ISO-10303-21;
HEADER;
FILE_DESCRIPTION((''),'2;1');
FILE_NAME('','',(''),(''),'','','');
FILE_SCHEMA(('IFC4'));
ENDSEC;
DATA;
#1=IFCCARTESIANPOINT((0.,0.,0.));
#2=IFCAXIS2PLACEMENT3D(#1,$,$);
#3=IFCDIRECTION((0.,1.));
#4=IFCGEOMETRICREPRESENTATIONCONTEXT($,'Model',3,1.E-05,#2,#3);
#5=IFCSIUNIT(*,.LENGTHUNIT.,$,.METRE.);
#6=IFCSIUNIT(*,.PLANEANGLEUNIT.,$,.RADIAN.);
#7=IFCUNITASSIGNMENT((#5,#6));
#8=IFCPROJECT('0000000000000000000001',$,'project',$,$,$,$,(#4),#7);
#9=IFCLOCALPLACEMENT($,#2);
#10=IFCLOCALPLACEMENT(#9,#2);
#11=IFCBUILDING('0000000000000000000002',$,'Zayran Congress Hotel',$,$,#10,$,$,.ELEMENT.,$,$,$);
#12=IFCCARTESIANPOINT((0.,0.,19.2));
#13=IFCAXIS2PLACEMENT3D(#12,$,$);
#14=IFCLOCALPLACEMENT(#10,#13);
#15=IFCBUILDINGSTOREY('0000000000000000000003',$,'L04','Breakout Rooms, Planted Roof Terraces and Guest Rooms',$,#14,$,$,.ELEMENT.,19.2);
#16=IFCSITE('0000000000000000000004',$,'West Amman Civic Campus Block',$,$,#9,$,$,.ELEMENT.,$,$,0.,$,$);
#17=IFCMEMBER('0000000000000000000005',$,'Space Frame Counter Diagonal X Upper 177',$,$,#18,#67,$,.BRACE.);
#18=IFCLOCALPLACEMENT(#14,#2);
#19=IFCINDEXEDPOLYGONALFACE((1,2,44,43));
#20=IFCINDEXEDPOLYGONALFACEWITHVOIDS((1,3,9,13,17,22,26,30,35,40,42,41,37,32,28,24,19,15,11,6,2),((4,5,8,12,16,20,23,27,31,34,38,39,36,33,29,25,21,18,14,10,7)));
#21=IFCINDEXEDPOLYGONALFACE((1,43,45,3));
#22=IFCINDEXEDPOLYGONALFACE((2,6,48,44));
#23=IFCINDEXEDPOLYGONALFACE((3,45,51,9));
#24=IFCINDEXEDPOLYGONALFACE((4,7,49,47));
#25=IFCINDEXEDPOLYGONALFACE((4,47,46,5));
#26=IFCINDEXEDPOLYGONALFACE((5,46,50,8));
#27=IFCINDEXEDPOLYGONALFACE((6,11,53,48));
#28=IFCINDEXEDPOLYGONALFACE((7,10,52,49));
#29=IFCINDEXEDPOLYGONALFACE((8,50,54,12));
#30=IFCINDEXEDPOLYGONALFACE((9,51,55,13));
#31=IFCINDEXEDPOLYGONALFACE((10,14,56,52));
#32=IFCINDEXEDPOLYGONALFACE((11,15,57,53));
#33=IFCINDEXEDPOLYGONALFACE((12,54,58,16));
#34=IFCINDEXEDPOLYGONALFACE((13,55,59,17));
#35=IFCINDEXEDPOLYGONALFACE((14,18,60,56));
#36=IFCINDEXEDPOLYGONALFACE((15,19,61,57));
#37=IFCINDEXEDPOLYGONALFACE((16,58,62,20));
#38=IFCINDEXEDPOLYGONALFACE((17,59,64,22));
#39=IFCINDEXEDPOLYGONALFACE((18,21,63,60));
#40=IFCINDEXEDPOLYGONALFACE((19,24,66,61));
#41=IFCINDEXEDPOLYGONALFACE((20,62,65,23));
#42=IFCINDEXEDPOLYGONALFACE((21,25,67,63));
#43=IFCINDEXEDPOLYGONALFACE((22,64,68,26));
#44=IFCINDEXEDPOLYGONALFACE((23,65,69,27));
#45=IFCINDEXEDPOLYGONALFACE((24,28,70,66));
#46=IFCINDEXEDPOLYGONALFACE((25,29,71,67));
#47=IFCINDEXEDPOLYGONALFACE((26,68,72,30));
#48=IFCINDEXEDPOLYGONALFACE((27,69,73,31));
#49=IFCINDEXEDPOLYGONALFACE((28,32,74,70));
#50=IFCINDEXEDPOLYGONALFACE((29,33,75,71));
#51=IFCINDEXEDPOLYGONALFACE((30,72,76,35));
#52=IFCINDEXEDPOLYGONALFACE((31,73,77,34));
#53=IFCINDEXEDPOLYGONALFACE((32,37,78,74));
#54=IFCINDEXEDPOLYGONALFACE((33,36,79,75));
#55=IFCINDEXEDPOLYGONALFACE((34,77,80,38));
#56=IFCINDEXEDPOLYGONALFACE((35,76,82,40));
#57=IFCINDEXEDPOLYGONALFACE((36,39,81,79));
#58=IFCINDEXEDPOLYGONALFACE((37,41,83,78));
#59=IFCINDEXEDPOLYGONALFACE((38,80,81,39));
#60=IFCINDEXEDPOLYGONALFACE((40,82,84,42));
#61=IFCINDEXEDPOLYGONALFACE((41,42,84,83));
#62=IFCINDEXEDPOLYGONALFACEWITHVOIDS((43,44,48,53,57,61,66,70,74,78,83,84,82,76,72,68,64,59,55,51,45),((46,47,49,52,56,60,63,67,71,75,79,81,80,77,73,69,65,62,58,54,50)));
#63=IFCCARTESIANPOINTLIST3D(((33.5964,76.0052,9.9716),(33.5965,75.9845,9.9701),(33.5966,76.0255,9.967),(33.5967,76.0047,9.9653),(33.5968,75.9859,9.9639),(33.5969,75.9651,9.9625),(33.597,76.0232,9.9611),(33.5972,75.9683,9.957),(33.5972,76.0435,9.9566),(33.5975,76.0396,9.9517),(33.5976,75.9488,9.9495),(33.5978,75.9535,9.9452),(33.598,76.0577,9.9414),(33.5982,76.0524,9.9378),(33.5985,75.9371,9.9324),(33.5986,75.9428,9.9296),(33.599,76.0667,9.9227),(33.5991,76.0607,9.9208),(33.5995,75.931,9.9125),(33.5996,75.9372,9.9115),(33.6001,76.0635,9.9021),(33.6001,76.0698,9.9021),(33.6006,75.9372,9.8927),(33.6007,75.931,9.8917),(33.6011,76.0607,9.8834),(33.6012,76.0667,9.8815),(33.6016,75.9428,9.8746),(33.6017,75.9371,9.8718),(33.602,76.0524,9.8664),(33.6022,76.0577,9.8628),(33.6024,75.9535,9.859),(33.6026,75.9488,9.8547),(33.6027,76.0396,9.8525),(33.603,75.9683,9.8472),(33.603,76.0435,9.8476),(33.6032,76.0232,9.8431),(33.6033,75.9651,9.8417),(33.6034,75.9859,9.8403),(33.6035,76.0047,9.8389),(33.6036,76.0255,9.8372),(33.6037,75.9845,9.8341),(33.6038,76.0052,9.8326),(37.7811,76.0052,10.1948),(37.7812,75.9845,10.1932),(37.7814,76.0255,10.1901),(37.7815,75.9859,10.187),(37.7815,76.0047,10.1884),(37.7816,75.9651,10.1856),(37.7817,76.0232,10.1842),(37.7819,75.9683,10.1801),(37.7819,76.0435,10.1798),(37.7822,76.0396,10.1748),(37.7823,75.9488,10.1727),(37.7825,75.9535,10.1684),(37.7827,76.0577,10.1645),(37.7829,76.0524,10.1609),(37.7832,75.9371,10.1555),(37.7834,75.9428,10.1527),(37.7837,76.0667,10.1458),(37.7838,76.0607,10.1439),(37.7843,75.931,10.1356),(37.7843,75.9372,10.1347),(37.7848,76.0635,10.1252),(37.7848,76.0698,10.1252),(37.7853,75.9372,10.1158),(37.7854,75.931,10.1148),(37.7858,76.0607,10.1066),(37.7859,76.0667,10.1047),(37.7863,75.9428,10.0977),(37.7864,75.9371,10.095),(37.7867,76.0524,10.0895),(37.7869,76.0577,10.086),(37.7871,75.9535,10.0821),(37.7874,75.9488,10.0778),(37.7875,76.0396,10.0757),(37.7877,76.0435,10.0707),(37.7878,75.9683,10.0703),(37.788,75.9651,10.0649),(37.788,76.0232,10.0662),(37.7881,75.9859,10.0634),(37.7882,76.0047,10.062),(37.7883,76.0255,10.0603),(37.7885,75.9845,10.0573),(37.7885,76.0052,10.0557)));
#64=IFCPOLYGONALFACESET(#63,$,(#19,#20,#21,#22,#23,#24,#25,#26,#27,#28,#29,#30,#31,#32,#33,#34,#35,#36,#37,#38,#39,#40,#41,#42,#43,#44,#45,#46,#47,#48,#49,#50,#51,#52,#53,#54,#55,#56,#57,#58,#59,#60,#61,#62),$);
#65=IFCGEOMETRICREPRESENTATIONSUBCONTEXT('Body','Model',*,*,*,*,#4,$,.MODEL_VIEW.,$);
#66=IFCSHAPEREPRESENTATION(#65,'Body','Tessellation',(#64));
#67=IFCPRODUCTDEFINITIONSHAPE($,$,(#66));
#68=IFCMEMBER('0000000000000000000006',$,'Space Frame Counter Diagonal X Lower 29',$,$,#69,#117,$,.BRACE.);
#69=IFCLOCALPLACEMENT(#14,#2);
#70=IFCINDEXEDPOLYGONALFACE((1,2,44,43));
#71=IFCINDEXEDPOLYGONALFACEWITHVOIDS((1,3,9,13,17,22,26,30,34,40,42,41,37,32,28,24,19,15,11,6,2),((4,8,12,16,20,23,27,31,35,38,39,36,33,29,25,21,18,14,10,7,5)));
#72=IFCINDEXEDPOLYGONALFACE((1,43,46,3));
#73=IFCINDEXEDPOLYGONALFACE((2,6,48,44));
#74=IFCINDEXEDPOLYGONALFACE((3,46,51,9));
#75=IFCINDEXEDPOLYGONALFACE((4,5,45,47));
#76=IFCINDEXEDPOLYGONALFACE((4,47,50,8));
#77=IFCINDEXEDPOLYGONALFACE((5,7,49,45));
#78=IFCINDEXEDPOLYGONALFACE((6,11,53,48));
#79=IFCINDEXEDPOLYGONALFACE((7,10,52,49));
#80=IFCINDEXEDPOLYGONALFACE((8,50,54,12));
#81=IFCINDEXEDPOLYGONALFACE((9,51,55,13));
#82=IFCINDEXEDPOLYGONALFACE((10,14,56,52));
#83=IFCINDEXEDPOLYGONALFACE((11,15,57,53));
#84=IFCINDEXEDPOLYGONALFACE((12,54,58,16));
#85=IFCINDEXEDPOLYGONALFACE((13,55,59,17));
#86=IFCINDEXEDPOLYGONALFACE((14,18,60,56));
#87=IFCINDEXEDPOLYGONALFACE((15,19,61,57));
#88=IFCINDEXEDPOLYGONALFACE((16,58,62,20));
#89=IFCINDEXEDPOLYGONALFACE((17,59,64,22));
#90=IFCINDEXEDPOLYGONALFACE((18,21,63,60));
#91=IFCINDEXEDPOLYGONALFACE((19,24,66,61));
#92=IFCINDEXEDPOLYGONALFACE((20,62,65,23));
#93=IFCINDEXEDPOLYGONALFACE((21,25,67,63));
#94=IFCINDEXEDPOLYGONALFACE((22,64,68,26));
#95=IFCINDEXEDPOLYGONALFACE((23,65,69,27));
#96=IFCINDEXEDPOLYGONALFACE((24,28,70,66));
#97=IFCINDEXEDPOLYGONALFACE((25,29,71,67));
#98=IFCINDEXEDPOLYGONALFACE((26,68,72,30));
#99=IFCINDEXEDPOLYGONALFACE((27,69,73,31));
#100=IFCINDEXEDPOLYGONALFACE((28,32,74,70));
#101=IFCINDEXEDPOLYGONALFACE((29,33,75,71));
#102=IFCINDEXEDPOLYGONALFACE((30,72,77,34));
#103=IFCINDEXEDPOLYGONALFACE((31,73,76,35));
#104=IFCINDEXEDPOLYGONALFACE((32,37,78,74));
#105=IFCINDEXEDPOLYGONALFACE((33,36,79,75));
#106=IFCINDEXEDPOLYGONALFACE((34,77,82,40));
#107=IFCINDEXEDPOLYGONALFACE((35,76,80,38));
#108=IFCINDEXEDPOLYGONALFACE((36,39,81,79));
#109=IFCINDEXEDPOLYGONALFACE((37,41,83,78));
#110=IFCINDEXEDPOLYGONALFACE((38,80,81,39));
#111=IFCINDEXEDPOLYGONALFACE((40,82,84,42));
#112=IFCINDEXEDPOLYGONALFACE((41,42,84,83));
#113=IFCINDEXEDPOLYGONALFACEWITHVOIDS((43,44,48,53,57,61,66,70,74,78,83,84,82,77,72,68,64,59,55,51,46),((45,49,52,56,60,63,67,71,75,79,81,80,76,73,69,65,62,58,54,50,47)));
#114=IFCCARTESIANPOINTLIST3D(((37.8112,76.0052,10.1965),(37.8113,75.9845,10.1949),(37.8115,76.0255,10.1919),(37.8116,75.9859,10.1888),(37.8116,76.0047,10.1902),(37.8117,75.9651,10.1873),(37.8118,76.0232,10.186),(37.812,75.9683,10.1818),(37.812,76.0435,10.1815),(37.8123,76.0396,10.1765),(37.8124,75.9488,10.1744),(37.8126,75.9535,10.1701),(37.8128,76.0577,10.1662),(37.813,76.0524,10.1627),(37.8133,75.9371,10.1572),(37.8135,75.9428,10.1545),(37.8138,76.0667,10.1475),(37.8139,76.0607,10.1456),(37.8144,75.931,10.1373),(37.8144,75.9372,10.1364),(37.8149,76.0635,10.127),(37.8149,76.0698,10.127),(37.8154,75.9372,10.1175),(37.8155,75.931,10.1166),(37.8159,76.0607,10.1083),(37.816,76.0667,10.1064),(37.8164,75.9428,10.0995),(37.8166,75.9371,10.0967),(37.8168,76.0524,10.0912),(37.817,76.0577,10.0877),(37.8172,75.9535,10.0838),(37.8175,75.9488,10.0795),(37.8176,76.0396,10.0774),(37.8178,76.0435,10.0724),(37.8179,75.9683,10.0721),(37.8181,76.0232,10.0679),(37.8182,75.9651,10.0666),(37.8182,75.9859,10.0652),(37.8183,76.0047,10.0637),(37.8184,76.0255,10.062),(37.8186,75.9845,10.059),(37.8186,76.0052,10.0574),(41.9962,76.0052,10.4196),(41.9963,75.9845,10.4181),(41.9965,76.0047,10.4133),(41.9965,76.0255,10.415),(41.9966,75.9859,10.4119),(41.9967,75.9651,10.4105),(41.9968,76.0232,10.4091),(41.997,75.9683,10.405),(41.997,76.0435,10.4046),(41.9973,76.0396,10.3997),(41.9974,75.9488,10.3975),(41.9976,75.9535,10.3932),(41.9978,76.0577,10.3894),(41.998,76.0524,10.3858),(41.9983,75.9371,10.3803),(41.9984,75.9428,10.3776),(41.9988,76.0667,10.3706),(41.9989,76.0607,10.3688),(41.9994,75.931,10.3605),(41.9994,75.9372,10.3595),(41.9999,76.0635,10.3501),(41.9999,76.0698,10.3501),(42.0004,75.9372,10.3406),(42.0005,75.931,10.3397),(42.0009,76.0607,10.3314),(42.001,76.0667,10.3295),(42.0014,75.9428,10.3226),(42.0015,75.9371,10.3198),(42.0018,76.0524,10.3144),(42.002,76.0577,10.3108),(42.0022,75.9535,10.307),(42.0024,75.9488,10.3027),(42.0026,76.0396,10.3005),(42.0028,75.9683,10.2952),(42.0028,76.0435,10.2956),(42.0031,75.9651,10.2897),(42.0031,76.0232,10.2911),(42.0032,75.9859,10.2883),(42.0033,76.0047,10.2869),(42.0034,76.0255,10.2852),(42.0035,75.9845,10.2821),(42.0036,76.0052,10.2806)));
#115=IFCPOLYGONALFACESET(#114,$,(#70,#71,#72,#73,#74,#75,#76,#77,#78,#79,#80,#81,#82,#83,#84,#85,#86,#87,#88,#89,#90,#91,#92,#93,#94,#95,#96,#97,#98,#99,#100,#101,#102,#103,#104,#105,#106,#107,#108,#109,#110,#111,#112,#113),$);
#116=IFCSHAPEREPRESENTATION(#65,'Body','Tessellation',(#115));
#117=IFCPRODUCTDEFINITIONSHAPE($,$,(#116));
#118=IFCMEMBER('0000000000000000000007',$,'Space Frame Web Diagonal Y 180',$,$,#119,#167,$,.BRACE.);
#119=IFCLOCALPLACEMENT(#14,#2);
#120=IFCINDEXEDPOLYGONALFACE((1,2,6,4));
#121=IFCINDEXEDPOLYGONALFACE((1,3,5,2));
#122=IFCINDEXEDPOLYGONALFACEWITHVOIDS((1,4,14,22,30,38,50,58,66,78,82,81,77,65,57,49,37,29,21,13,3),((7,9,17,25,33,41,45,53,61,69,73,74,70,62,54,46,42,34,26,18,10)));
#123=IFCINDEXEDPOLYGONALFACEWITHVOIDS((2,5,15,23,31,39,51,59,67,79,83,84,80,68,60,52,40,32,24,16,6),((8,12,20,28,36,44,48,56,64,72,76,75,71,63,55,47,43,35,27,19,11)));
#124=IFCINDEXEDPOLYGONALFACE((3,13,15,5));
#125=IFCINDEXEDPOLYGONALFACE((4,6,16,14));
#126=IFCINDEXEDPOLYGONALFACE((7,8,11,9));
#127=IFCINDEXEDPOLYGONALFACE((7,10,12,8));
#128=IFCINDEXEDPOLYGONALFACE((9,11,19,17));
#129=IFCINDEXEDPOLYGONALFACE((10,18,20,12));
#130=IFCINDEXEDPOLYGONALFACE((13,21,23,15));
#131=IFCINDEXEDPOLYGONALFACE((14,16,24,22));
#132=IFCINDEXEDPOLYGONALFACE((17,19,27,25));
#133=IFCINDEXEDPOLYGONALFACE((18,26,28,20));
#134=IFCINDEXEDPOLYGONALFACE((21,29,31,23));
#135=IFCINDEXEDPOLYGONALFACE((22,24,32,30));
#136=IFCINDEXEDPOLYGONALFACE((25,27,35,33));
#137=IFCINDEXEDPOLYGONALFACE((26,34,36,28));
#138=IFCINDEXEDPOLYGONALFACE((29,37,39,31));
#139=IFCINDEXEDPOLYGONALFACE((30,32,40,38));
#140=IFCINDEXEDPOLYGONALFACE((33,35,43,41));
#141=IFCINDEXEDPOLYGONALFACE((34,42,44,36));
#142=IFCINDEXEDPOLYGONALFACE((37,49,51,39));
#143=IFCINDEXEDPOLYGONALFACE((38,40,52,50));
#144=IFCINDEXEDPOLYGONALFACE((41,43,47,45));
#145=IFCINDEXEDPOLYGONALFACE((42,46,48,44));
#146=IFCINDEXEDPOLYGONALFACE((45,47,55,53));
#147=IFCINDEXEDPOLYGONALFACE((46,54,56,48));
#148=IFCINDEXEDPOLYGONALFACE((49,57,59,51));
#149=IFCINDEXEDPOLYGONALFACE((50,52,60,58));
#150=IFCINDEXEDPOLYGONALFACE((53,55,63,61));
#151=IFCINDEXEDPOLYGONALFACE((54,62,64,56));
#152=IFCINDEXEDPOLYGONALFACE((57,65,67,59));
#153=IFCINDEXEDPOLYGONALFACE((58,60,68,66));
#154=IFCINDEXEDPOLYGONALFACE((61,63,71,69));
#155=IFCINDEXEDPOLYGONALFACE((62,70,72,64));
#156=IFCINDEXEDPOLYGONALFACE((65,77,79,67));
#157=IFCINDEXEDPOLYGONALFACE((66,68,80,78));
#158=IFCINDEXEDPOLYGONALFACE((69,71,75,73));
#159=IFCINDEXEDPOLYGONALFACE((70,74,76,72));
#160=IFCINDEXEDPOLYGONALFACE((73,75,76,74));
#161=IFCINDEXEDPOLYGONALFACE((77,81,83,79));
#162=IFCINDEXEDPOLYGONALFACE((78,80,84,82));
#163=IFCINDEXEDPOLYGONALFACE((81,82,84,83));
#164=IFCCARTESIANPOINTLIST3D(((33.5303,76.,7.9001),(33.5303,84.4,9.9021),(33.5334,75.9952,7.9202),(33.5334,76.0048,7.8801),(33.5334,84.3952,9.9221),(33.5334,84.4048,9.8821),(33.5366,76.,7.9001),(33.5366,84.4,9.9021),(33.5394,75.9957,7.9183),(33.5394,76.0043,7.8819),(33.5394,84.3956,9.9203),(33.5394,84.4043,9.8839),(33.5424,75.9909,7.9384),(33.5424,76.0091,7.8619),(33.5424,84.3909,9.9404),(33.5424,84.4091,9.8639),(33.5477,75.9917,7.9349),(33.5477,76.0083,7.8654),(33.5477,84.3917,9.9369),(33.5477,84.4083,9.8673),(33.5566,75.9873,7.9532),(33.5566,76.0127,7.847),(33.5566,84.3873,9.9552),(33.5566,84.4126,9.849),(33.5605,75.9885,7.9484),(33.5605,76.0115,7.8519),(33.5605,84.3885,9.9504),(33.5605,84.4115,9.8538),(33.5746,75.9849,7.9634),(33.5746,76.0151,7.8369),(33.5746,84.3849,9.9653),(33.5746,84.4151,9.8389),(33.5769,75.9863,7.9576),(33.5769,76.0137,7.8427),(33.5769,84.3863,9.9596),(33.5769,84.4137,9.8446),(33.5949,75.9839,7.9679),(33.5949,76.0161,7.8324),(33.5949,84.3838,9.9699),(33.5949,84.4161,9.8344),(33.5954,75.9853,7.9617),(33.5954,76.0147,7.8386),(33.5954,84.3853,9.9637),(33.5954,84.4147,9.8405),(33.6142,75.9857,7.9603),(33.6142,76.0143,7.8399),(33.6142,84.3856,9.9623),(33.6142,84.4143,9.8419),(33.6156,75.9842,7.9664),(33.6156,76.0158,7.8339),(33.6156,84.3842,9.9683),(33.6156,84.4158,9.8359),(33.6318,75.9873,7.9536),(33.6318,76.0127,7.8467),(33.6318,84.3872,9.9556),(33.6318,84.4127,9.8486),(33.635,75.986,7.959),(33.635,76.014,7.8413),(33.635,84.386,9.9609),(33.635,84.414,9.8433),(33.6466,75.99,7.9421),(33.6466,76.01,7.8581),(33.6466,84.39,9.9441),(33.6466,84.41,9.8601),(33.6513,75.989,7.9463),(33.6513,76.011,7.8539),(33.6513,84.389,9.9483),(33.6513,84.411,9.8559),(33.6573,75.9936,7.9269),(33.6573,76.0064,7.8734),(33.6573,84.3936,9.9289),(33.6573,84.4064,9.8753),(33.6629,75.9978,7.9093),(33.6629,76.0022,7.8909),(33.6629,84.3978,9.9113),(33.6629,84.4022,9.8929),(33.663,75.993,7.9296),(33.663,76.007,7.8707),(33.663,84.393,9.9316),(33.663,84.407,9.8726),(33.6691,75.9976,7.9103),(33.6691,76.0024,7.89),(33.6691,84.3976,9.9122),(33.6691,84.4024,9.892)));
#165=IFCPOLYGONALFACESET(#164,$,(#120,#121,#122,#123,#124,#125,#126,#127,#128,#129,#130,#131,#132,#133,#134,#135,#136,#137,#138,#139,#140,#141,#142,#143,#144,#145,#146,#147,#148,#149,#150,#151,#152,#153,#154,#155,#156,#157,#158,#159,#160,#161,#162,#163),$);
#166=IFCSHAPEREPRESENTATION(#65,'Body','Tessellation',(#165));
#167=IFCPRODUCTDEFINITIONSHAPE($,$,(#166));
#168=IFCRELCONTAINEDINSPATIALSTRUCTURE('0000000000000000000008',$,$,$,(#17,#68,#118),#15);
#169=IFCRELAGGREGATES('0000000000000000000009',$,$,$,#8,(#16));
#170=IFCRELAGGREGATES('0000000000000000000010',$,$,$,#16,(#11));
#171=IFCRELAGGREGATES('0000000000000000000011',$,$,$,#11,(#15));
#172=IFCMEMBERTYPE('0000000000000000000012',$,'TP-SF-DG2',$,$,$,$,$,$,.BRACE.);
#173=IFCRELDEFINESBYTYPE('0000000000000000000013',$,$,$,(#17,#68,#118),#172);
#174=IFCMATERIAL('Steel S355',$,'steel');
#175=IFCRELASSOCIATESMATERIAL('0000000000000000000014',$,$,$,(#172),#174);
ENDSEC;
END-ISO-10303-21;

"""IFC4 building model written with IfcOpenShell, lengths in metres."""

from ifc_helpers import new_model, si_unit, direction, frame, origin, origin_2d, place, context, subcontext, project, spatial, hollow_circle, extrude, material, material_profile, profile_set, type_object, element, save


model = new_model("IFC4")

# Units and contexts
model_context = context("Model", 3, precision=1e-05, world=origin(), true_north=direction((0.0, 1.0)))
body_context = subcontext(model_context, "Body", "Model", "MODEL_VIEW")
ifc_project = project(units=[si_unit("LENGTHUNIT", "METRE"), si_unit("PLANEANGLEUNIT", "RADIAN")], contexts=[model_context])

# Site, building, storey
site_placement = place(None, origin())
site = spatial("IfcSite", under=ifc_project, at=site_placement, Name="West Amman Civic Campus Block", CompositionType="ELEMENT", RefElevation=0.0)
building_placement = place(site_placement, origin())
building = spatial("IfcBuilding", under=site, at=building_placement, Name="Zayran Congress Hotel", CompositionType="ELEMENT")
storey_placement = place(building_placement, frame((0.0, 0.0, 19.2)))
storey = spatial("IfcBuildingStorey", under=building, at=storey_placement, Name="L04", Description="Breakout Rooms, Planted Roof Terraces and Guest Rooms", CompositionType="ELEMENT", Elevation=19.2)

# Members
ifc_material_1 = material(Name="Steel S355", Category="steel")
ifc_material_profile_1 = material_profile(ifc_material_1, hollow_circle(Radius=0.0698, WallThickness=0.0063, at=origin_2d()), Name="CHS 139.7x6.3")
ifc_profile_set_1 = profile_set([ifc_material_profile_1], Name="Steel S355")
member_type_1 = type_object("IfcMemberType", Name="TP-SF-DG2", PredefinedType="BRACE", material=ifc_profile_set_1)
member_1_placement = place(storey_placement, frame((33.6001, 76.0, 9.9021), z_axis=(0.998581, 0.0, 0.053247), x_axis=(0.0, 1.0, 0.0)))
element("IfcMember", 1, at=member_1_placement, inside=storey, type_object=member_type_1, Name="Space Frame Counter Diagonal X Upper 177", PredefinedType="BRACE", context=body_context, shape_type="SweptSolid", body=[
    extrude(hollow_circle(Radius=0.0698, WallThickness=0.0063, at=origin_2d()), origin(), (0.0, 0.0, 1.0), 4.1907),
])
member_2_placement = place(storey_placement, frame((37.8149, 76.0, 10.127), z_axis=(0.998582, 0.0, 0.053244), x_axis=(0.0, 1.0, 0.0)))
element("IfcMember", 2, at=member_2_placement, inside=storey, type_object=member_type_1, Name="Space Frame Counter Diagonal X Lower 29", PredefinedType="BRACE", context=body_context, shape_type="SweptSolid", body=[
    extrude(hollow_circle(Radius=0.0698, WallThickness=0.0063, at=origin_2d()), origin(), (0.0, 0.0, 1.0), 4.1909),
])
member_3_placement = place(storey_placement, frame((33.6001, 76.0, 7.9001), z_axis=(0.0, 0.972755, 0.231837), x_axis=(-1.0, 0.0, 0.0)))
element("IfcMember", 3, at=member_3_placement, inside=storey, type_object=member_type_1, Name="Space Frame Web Diagonal Y 180", PredefinedType="BRACE", context=body_context, shape_type="SweptSolid", body=[
    extrude(hollow_circle(Radius=0.0698, WallThickness=0.0063, at=origin_2d()), origin(), (0.0, 0.0, 1.0), 8.6353),
])

save(model, "model.ifc")
